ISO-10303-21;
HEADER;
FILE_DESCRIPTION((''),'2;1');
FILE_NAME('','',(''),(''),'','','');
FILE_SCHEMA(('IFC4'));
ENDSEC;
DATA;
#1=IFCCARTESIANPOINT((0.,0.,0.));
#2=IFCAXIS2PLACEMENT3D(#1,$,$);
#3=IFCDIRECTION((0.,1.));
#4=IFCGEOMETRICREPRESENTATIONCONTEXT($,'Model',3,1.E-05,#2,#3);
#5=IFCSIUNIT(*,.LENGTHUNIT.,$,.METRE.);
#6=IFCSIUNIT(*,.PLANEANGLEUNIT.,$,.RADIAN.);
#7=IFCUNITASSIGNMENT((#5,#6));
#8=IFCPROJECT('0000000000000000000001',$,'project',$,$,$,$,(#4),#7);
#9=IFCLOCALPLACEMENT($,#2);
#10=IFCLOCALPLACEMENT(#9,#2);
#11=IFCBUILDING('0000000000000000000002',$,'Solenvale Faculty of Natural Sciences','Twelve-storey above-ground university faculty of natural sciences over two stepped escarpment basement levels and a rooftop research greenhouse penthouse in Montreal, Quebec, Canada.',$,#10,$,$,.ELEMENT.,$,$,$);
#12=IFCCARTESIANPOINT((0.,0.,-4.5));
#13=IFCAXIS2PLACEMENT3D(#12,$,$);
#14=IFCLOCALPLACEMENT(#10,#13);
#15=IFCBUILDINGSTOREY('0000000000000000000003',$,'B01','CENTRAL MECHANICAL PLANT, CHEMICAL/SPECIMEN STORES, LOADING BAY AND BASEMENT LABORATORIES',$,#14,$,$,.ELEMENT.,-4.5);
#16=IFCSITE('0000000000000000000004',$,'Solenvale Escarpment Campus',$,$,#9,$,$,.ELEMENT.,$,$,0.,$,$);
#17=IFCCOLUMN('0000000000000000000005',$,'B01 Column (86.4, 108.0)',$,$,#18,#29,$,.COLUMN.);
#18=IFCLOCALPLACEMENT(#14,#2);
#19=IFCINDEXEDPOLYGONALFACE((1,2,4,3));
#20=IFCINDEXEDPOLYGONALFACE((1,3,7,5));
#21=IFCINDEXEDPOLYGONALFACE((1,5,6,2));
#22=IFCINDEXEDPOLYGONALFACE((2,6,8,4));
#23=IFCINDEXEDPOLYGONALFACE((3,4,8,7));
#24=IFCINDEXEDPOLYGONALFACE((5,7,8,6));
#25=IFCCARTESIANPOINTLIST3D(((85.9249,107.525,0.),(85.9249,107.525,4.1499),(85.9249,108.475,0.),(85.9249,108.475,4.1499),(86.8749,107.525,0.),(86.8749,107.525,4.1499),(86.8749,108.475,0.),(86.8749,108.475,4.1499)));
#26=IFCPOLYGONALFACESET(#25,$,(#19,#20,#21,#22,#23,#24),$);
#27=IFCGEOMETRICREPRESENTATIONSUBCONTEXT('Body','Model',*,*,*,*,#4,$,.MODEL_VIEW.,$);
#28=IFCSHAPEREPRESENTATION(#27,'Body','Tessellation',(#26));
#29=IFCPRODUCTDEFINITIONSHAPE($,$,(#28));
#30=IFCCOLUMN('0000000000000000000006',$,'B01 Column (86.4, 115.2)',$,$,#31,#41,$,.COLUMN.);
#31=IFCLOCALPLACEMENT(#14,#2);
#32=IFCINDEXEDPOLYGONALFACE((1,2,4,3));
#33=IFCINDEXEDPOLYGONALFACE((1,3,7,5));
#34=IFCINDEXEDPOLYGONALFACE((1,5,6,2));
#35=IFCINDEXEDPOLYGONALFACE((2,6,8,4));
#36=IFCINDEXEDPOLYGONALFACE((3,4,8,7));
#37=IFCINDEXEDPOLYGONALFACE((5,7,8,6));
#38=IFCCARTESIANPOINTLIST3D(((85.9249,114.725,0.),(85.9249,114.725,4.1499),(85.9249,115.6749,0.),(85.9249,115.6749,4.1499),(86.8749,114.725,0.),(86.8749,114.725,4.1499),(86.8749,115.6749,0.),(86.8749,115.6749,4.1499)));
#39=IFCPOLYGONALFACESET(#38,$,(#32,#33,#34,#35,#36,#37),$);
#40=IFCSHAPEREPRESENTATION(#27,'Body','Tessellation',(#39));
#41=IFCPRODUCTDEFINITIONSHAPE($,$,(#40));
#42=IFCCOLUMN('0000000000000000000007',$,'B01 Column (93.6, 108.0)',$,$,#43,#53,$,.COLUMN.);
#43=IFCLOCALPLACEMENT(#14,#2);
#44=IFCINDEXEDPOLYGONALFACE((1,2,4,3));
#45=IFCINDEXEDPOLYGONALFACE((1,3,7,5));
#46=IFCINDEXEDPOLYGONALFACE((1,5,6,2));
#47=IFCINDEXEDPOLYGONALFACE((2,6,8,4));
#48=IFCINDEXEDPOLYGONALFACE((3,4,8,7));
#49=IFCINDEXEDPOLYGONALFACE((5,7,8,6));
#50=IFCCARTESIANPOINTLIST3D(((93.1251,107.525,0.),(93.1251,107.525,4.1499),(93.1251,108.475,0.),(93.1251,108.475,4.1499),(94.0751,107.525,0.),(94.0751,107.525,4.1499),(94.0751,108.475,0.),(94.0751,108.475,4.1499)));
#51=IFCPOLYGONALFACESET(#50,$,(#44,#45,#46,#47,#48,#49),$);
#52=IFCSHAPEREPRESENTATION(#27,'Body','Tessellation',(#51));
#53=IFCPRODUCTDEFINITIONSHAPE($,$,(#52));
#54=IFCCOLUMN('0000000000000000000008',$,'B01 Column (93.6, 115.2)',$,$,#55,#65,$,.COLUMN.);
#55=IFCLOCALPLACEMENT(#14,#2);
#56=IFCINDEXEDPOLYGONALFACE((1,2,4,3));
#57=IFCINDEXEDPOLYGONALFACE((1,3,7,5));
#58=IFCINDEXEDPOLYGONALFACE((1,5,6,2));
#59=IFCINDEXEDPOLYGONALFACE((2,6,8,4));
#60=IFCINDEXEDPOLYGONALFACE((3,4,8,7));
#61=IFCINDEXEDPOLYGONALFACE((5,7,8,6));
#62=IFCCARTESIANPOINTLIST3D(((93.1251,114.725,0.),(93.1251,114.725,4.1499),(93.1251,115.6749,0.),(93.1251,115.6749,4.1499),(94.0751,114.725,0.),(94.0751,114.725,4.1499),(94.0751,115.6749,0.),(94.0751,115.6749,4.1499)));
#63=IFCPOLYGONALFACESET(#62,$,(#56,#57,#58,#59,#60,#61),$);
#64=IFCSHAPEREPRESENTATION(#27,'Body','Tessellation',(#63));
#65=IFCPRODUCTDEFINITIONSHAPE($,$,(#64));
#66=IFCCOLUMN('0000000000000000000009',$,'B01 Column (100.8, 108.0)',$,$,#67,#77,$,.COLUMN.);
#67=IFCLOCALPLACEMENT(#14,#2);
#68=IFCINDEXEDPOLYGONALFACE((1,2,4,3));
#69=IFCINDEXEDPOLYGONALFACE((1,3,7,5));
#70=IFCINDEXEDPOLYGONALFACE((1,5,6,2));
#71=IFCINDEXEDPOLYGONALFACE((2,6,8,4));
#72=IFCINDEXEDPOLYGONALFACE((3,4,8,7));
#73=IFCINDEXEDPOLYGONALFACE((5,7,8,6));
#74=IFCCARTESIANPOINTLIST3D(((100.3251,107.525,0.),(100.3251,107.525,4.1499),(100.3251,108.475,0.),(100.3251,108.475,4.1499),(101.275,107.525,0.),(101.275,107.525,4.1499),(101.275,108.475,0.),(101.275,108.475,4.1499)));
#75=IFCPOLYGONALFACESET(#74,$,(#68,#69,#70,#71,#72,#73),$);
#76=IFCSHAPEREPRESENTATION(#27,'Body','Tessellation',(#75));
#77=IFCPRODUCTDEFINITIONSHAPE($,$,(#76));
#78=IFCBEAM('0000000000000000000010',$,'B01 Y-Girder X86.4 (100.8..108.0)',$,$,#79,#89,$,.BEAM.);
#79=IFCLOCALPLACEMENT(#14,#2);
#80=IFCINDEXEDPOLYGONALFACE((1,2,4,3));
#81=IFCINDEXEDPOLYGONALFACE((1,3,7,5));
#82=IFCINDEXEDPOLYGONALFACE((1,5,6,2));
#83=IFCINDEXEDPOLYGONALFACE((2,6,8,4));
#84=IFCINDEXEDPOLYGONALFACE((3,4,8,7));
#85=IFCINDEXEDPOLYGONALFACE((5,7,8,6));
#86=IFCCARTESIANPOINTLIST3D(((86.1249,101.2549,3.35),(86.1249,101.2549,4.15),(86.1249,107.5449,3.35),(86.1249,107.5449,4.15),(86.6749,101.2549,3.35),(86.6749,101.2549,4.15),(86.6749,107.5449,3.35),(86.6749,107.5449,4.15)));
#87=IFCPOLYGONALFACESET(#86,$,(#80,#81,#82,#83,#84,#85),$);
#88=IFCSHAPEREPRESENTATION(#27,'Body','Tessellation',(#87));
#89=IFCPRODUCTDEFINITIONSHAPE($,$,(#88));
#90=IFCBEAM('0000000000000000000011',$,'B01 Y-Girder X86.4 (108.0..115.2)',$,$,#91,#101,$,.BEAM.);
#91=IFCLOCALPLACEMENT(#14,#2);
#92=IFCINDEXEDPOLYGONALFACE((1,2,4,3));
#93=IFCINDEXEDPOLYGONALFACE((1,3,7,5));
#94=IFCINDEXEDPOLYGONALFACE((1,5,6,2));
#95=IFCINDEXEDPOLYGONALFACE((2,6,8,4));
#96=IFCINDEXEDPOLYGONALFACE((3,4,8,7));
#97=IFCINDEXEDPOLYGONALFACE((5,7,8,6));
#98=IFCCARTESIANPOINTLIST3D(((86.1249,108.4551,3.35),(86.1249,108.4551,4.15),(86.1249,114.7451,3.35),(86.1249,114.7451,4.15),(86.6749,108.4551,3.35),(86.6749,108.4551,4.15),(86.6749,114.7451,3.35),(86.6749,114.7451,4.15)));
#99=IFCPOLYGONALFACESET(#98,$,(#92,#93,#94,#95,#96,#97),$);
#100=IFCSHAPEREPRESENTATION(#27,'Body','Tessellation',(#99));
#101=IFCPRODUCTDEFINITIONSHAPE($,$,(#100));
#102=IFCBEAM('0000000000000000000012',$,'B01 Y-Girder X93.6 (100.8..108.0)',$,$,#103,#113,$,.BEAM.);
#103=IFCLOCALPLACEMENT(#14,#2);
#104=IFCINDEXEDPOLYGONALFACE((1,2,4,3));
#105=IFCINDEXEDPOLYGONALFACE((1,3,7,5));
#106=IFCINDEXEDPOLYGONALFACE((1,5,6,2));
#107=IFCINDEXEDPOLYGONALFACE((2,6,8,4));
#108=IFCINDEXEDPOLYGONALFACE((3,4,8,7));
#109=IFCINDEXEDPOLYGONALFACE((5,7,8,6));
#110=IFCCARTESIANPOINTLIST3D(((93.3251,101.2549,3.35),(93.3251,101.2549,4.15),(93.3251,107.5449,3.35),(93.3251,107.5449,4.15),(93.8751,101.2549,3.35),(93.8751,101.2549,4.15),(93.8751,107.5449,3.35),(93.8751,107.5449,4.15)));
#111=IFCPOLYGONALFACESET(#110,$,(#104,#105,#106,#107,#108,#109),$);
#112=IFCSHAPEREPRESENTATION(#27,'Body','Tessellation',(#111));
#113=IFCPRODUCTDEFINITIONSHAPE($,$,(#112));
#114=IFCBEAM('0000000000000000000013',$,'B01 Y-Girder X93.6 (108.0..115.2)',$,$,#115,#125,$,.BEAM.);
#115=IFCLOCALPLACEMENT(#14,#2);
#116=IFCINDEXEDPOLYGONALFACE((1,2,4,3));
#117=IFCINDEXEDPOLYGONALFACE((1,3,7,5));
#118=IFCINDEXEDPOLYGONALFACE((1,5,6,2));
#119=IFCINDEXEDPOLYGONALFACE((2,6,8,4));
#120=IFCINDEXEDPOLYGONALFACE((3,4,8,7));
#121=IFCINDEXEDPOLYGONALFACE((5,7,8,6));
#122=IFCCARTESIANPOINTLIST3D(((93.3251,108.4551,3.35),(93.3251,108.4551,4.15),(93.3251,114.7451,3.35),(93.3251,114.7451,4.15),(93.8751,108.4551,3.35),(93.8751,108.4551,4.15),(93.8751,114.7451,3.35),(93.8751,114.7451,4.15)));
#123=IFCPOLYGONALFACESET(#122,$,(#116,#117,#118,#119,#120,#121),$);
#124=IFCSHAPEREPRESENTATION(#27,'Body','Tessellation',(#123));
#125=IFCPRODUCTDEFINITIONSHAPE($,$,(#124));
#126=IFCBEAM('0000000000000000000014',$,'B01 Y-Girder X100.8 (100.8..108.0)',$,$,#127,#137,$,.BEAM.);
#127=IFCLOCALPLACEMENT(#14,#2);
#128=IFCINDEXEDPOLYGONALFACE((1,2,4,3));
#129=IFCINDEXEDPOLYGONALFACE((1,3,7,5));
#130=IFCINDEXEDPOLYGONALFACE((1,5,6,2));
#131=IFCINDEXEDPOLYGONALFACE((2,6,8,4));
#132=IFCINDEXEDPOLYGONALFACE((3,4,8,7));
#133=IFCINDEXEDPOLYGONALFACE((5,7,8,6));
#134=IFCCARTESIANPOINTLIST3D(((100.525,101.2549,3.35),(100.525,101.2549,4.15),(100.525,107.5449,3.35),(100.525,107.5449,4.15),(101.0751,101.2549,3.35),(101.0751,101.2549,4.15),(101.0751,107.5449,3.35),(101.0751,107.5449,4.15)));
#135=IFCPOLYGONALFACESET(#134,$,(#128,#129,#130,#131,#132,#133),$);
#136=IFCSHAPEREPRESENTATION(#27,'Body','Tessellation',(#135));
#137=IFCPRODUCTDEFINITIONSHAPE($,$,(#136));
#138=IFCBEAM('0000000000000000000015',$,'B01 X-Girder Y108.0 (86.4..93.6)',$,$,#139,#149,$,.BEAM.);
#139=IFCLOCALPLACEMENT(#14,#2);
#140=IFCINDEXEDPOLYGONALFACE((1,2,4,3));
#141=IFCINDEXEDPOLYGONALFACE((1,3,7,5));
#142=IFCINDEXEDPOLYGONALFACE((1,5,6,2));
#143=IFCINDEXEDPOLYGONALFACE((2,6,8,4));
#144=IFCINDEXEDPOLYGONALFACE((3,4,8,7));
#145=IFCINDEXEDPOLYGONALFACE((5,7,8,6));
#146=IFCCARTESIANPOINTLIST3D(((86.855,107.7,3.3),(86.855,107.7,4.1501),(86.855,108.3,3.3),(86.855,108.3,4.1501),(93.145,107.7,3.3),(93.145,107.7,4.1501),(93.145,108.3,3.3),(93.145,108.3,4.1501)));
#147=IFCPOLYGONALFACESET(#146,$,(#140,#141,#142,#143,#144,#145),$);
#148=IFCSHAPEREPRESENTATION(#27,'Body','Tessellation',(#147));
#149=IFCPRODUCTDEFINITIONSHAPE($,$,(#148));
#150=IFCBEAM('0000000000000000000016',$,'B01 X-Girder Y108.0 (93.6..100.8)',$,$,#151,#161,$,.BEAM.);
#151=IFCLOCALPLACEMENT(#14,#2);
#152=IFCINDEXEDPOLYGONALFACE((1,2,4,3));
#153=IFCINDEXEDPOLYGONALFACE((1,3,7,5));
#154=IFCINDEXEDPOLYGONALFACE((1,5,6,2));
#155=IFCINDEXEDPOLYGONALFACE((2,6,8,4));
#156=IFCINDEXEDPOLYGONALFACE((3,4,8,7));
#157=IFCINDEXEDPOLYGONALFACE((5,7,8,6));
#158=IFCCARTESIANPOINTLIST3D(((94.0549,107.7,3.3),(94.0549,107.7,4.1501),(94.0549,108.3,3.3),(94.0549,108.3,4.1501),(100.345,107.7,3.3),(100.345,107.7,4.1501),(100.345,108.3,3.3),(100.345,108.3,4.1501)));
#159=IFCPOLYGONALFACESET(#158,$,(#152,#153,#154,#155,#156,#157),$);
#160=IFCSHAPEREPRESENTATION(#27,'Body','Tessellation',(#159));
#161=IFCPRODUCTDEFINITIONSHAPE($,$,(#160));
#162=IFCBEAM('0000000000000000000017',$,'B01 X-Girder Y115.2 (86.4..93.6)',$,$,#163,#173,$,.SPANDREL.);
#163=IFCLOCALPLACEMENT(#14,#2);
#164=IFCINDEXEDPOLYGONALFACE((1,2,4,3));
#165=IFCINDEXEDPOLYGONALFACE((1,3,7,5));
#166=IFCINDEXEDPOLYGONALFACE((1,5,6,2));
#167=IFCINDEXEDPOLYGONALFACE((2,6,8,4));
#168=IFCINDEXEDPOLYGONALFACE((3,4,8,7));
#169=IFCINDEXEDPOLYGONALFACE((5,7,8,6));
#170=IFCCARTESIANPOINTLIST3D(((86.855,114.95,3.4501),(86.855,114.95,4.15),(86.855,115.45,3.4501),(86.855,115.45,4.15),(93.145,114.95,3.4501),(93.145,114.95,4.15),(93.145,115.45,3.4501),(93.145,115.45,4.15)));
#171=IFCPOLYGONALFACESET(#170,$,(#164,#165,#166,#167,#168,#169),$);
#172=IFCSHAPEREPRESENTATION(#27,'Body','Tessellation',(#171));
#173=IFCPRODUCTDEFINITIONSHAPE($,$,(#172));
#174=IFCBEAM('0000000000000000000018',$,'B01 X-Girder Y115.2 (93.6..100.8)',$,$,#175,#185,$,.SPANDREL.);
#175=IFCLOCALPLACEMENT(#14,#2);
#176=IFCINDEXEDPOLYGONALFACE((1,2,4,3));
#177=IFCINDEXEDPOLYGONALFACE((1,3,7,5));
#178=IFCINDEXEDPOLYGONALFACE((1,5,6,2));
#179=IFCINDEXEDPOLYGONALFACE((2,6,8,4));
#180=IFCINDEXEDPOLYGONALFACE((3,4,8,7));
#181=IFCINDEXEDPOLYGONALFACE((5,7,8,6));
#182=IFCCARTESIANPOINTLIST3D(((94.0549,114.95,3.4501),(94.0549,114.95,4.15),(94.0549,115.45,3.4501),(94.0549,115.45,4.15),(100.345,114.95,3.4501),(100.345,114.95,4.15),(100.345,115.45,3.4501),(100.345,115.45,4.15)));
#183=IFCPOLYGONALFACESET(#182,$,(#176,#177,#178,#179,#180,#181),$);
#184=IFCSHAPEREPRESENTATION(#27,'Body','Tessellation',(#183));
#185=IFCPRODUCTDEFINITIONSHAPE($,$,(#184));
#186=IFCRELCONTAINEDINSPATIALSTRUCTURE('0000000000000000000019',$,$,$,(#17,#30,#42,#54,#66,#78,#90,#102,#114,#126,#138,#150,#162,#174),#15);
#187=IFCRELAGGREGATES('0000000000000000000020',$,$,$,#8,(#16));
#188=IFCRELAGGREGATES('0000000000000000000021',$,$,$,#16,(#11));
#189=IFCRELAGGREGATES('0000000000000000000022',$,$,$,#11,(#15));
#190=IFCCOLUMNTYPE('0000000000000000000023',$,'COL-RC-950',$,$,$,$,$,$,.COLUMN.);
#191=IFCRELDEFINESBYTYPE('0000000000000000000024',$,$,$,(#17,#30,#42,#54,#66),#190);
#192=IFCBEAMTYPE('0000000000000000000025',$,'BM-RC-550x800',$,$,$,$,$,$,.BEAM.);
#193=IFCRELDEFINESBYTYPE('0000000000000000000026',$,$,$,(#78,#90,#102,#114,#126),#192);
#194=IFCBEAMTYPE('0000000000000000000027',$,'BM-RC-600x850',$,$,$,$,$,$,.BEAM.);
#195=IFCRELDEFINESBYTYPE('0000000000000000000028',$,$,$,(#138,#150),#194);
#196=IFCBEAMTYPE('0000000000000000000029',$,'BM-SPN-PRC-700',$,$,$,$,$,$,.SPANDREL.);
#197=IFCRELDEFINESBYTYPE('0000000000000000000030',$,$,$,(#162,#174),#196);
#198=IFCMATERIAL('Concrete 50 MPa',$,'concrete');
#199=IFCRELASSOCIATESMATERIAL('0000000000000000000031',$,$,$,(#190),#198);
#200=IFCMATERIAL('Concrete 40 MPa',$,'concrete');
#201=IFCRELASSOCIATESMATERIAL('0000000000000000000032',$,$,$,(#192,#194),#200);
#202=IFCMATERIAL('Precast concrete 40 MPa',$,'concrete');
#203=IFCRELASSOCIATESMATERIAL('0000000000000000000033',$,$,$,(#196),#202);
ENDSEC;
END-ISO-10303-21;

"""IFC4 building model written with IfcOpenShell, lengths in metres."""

from ifc_helpers import new_model, si_unit, direction, frame, origin, origin_2d, place, context, subcontext, project, spatial, rectangle, extrude, material, material_profile, profile_set, type_object, element, save


model = new_model("IFC4")

# Units and contexts
model_context = context("Model", 3, precision=1e-05, world=origin(), true_north=direction((0.0, 1.0)))
body_context = subcontext(model_context, "Body", "Model", "MODEL_VIEW")
ifc_project = project(units=[si_unit("LENGTHUNIT", "METRE"), si_unit("PLANEANGLEUNIT", "RADIAN")], contexts=[model_context])

# Site, building, storey
site_placement = place(None, origin())
site = spatial("IfcSite", under=ifc_project, at=site_placement, Name="Solenvale Escarpment Campus", CompositionType="ELEMENT", RefElevation=0.0)
building_placement = place(site_placement, origin())
building = spatial("IfcBuilding", under=site, at=building_placement, Name="Solenvale Faculty of Natural Sciences", Description="Twelve-storey above-ground university faculty of natural sciences over two stepped escarpment basement levels and a rooftop research greenhouse penthouse in Montreal, Quebec, Canada.", CompositionType="ELEMENT")
storey_placement = place(building_placement, frame((0.0, 0.0, -4.5)))
storey = spatial("IfcBuildingStorey", under=building, at=storey_placement, Name="B01", Description="CENTRAL MECHANICAL PLANT, CHEMICAL/SPECIMEN STORES, LOADING BAY AND BASEMENT LABORATORIES", CompositionType="ELEMENT", Elevation=-4.5)

# Columns
ifc_material_1 = material(Name="Concrete 50 MPa", Category="concrete")
ifc_material_profile_1 = material_profile(ifc_material_1, rectangle(XDim=0.95, YDim=0.95, at=origin_2d()), Name="RC-COL-950x950")
ifc_profile_set_1 = profile_set([ifc_material_profile_1], Name="Concrete 50 MPa")
column_type = type_object("IfcColumnType", Name="COL-RC-950", PredefinedType="COLUMN", material=ifc_profile_set_1)
for number, where, z_axis, x_axis, name in (
    (1, (86.3999, 108.0, 0.0), (0.0, 0.0, 1.0), (1.0, 0.0, 0.0), "B01 Column (86.4, 108.0)"),
    (2, (86.3999, 115.2, 0.0), (0.0, 0.0, 1.0), (1.0, 0.0, 0.0), "B01 Column (86.4, 115.2)"),
    (3, (93.6001, 108.0, 0.0), (0.0, 0.0, 1.0), (1.0, 0.0, 0.0), "B01 Column (93.6, 108.0)"),
    (4, (93.6001, 115.2, 0.0), (0.0, 0.0, 1.0), (1.0, 0.0, 0.0), "B01 Column (93.6, 115.2)"),
    (5, (100.8, 108.0, 0.0), (0.0, 0.0, 1.0), (1.0, 0.0, 0.0), "B01 Column (100.8, 108.0)"),
):
    element("IfcColumn", number, at=place(storey_placement, frame(where, z_axis=z_axis, x_axis=x_axis)), inside=storey, type_object=column_type, Name=name, PredefinedType="COLUMN", context=body_context, shape_type="SweptSolid", body=[
        extrude(rectangle(XDim=0.95, YDim=0.95, at=origin_2d()), origin(), (0.0, 0.0, 1.0), 4.1499),
    ])

# Beams
ifc_material_2 = material(Name="Concrete 40 MPa", Category="concrete")
ifc_material_profile_2 = material_profile(ifc_material_2, rectangle(XDim=0.55, YDim=0.8, at=origin_2d()), Name="RC-BM-550x800")
ifc_profile_set_2 = profile_set([ifc_material_profile_2], Name="Concrete 40 MPa")
beam_type_1 = type_object("IfcBeamType", Name="BM-RC-550x800", PredefinedType="BEAM", material=ifc_profile_set_2)
for number, where, z_axis, x_axis, name in (
    (6, (86.3999, 101.2549, 3.75), (0.0, 1.0, 0.0), (-1.0, 0.0, 0.0), "B01 Y-Girder X86.4 (100.8..108.0)"),
    (7, (86.3999, 108.4551, 3.75), (0.0, 1.0, 0.0), (-1.0, 0.0, 0.0), "B01 Y-Girder X86.4 (108.0..115.2)"),
    (8, (93.6001, 101.2549, 3.75), (0.0, 1.0, 0.0), (-1.0, 0.0, 0.0), "B01 Y-Girder X93.6 (100.8..108.0)"),
    (9, (93.6001, 108.4551, 3.75), (0.0, 1.0, 0.0), (-1.0, 0.0, 0.0), "B01 Y-Girder X93.6 (108.0..115.2)"),
    (10, (100.8, 101.2549, 3.75), (0.0, 1.0, 0.0), (-1.0, 0.0, 0.0), "B01 Y-Girder X100.8 (100.8..108.0)"),
):
    element("IfcBeam", number, at=place(storey_placement, frame(where, z_axis=z_axis, x_axis=x_axis)), inside=storey, type_object=beam_type_1, Name=name, PredefinedType="BEAM", context=body_context, shape_type="SweptSolid", body=[
        extrude(rectangle(XDim=0.55, YDim=0.8, at=origin_2d()), origin(), (0.0, 0.0, 1.0), 6.29),
    ])
ifc_material_profile_3 = material_profile(ifc_material_2, rectangle(XDim=0.6001, YDim=0.8501, at=origin_2d()), Name="RC-BM-600x850")
ifc_profile_set_3 = profile_set([ifc_material_profile_3], Name="Concrete 40 MPa")
beam_type_2 = type_object("IfcBeamType", Name="BM-RC-600x850", PredefinedType="BEAM", material=ifc_profile_set_3)
for number, where, z_axis, x_axis, name in (
    (11, (86.855, 108.0, 3.7251), (1.0, 0.0, 0.0), (0.0, 1.0, 0.0), "B01 X-Girder Y108.0 (86.4..93.6)"),
    (12, (94.0549, 108.0, 3.7251), (1.0, 0.0, 0.0), (0.0, 1.0, 0.0), "B01 X-Girder Y108.0 (93.6..100.8)"),
):
    element("IfcBeam", number, at=place(storey_placement, frame(where, z_axis=z_axis, x_axis=x_axis)), inside=storey, type_object=beam_type_2, Name=name, PredefinedType="BEAM", context=body_context, shape_type="SweptSolid", body=[
        extrude(rectangle(XDim=0.6001, YDim=0.8501, at=origin_2d()), origin(), (0.0, 0.0, 1.0), 6.29),
    ])
ifc_material_3 = material(Name="Precast concrete 40 MPa", Category="concrete")
ifc_material_profile_4 = material_profile(ifc_material_3, rectangle(XDim=0.5, YDim=0.7, at=origin_2d()), Name="RC-BM-500x700")
ifc_profile_set_4 = profile_set([ifc_material_profile_4], Name="Precast concrete 40 MPa")
beam_type_3 = type_object("IfcBeamType", Name="BM-SPN-PRC-700", PredefinedType="SPANDREL", material=ifc_profile_set_4)
for number, where, z_axis, x_axis, name in (
    (13, (86.855, 115.2, 3.8), (1.0, 0.0, 0.0), (0.0, 1.0, 0.0), "B01 X-Girder Y115.2 (86.4..93.6)"),
    (14, (94.0549, 115.2, 3.8), (1.0, 0.0, 0.0), (0.0, 1.0, 0.0), "B01 X-Girder Y115.2 (93.6..100.8)"),
):
    element("IfcBeam", number, at=place(storey_placement, frame(where, z_axis=z_axis, x_axis=x_axis)), inside=storey, type_object=beam_type_3, Name=name, PredefinedType="SPANDREL", context=body_context, shape_type="SweptSolid", body=[
        extrude(rectangle(XDim=0.5, YDim=0.7, at=origin_2d()), origin(), (0.0, 0.0, 1.0), 6.29),
    ])

save(model, "model.ifc")
